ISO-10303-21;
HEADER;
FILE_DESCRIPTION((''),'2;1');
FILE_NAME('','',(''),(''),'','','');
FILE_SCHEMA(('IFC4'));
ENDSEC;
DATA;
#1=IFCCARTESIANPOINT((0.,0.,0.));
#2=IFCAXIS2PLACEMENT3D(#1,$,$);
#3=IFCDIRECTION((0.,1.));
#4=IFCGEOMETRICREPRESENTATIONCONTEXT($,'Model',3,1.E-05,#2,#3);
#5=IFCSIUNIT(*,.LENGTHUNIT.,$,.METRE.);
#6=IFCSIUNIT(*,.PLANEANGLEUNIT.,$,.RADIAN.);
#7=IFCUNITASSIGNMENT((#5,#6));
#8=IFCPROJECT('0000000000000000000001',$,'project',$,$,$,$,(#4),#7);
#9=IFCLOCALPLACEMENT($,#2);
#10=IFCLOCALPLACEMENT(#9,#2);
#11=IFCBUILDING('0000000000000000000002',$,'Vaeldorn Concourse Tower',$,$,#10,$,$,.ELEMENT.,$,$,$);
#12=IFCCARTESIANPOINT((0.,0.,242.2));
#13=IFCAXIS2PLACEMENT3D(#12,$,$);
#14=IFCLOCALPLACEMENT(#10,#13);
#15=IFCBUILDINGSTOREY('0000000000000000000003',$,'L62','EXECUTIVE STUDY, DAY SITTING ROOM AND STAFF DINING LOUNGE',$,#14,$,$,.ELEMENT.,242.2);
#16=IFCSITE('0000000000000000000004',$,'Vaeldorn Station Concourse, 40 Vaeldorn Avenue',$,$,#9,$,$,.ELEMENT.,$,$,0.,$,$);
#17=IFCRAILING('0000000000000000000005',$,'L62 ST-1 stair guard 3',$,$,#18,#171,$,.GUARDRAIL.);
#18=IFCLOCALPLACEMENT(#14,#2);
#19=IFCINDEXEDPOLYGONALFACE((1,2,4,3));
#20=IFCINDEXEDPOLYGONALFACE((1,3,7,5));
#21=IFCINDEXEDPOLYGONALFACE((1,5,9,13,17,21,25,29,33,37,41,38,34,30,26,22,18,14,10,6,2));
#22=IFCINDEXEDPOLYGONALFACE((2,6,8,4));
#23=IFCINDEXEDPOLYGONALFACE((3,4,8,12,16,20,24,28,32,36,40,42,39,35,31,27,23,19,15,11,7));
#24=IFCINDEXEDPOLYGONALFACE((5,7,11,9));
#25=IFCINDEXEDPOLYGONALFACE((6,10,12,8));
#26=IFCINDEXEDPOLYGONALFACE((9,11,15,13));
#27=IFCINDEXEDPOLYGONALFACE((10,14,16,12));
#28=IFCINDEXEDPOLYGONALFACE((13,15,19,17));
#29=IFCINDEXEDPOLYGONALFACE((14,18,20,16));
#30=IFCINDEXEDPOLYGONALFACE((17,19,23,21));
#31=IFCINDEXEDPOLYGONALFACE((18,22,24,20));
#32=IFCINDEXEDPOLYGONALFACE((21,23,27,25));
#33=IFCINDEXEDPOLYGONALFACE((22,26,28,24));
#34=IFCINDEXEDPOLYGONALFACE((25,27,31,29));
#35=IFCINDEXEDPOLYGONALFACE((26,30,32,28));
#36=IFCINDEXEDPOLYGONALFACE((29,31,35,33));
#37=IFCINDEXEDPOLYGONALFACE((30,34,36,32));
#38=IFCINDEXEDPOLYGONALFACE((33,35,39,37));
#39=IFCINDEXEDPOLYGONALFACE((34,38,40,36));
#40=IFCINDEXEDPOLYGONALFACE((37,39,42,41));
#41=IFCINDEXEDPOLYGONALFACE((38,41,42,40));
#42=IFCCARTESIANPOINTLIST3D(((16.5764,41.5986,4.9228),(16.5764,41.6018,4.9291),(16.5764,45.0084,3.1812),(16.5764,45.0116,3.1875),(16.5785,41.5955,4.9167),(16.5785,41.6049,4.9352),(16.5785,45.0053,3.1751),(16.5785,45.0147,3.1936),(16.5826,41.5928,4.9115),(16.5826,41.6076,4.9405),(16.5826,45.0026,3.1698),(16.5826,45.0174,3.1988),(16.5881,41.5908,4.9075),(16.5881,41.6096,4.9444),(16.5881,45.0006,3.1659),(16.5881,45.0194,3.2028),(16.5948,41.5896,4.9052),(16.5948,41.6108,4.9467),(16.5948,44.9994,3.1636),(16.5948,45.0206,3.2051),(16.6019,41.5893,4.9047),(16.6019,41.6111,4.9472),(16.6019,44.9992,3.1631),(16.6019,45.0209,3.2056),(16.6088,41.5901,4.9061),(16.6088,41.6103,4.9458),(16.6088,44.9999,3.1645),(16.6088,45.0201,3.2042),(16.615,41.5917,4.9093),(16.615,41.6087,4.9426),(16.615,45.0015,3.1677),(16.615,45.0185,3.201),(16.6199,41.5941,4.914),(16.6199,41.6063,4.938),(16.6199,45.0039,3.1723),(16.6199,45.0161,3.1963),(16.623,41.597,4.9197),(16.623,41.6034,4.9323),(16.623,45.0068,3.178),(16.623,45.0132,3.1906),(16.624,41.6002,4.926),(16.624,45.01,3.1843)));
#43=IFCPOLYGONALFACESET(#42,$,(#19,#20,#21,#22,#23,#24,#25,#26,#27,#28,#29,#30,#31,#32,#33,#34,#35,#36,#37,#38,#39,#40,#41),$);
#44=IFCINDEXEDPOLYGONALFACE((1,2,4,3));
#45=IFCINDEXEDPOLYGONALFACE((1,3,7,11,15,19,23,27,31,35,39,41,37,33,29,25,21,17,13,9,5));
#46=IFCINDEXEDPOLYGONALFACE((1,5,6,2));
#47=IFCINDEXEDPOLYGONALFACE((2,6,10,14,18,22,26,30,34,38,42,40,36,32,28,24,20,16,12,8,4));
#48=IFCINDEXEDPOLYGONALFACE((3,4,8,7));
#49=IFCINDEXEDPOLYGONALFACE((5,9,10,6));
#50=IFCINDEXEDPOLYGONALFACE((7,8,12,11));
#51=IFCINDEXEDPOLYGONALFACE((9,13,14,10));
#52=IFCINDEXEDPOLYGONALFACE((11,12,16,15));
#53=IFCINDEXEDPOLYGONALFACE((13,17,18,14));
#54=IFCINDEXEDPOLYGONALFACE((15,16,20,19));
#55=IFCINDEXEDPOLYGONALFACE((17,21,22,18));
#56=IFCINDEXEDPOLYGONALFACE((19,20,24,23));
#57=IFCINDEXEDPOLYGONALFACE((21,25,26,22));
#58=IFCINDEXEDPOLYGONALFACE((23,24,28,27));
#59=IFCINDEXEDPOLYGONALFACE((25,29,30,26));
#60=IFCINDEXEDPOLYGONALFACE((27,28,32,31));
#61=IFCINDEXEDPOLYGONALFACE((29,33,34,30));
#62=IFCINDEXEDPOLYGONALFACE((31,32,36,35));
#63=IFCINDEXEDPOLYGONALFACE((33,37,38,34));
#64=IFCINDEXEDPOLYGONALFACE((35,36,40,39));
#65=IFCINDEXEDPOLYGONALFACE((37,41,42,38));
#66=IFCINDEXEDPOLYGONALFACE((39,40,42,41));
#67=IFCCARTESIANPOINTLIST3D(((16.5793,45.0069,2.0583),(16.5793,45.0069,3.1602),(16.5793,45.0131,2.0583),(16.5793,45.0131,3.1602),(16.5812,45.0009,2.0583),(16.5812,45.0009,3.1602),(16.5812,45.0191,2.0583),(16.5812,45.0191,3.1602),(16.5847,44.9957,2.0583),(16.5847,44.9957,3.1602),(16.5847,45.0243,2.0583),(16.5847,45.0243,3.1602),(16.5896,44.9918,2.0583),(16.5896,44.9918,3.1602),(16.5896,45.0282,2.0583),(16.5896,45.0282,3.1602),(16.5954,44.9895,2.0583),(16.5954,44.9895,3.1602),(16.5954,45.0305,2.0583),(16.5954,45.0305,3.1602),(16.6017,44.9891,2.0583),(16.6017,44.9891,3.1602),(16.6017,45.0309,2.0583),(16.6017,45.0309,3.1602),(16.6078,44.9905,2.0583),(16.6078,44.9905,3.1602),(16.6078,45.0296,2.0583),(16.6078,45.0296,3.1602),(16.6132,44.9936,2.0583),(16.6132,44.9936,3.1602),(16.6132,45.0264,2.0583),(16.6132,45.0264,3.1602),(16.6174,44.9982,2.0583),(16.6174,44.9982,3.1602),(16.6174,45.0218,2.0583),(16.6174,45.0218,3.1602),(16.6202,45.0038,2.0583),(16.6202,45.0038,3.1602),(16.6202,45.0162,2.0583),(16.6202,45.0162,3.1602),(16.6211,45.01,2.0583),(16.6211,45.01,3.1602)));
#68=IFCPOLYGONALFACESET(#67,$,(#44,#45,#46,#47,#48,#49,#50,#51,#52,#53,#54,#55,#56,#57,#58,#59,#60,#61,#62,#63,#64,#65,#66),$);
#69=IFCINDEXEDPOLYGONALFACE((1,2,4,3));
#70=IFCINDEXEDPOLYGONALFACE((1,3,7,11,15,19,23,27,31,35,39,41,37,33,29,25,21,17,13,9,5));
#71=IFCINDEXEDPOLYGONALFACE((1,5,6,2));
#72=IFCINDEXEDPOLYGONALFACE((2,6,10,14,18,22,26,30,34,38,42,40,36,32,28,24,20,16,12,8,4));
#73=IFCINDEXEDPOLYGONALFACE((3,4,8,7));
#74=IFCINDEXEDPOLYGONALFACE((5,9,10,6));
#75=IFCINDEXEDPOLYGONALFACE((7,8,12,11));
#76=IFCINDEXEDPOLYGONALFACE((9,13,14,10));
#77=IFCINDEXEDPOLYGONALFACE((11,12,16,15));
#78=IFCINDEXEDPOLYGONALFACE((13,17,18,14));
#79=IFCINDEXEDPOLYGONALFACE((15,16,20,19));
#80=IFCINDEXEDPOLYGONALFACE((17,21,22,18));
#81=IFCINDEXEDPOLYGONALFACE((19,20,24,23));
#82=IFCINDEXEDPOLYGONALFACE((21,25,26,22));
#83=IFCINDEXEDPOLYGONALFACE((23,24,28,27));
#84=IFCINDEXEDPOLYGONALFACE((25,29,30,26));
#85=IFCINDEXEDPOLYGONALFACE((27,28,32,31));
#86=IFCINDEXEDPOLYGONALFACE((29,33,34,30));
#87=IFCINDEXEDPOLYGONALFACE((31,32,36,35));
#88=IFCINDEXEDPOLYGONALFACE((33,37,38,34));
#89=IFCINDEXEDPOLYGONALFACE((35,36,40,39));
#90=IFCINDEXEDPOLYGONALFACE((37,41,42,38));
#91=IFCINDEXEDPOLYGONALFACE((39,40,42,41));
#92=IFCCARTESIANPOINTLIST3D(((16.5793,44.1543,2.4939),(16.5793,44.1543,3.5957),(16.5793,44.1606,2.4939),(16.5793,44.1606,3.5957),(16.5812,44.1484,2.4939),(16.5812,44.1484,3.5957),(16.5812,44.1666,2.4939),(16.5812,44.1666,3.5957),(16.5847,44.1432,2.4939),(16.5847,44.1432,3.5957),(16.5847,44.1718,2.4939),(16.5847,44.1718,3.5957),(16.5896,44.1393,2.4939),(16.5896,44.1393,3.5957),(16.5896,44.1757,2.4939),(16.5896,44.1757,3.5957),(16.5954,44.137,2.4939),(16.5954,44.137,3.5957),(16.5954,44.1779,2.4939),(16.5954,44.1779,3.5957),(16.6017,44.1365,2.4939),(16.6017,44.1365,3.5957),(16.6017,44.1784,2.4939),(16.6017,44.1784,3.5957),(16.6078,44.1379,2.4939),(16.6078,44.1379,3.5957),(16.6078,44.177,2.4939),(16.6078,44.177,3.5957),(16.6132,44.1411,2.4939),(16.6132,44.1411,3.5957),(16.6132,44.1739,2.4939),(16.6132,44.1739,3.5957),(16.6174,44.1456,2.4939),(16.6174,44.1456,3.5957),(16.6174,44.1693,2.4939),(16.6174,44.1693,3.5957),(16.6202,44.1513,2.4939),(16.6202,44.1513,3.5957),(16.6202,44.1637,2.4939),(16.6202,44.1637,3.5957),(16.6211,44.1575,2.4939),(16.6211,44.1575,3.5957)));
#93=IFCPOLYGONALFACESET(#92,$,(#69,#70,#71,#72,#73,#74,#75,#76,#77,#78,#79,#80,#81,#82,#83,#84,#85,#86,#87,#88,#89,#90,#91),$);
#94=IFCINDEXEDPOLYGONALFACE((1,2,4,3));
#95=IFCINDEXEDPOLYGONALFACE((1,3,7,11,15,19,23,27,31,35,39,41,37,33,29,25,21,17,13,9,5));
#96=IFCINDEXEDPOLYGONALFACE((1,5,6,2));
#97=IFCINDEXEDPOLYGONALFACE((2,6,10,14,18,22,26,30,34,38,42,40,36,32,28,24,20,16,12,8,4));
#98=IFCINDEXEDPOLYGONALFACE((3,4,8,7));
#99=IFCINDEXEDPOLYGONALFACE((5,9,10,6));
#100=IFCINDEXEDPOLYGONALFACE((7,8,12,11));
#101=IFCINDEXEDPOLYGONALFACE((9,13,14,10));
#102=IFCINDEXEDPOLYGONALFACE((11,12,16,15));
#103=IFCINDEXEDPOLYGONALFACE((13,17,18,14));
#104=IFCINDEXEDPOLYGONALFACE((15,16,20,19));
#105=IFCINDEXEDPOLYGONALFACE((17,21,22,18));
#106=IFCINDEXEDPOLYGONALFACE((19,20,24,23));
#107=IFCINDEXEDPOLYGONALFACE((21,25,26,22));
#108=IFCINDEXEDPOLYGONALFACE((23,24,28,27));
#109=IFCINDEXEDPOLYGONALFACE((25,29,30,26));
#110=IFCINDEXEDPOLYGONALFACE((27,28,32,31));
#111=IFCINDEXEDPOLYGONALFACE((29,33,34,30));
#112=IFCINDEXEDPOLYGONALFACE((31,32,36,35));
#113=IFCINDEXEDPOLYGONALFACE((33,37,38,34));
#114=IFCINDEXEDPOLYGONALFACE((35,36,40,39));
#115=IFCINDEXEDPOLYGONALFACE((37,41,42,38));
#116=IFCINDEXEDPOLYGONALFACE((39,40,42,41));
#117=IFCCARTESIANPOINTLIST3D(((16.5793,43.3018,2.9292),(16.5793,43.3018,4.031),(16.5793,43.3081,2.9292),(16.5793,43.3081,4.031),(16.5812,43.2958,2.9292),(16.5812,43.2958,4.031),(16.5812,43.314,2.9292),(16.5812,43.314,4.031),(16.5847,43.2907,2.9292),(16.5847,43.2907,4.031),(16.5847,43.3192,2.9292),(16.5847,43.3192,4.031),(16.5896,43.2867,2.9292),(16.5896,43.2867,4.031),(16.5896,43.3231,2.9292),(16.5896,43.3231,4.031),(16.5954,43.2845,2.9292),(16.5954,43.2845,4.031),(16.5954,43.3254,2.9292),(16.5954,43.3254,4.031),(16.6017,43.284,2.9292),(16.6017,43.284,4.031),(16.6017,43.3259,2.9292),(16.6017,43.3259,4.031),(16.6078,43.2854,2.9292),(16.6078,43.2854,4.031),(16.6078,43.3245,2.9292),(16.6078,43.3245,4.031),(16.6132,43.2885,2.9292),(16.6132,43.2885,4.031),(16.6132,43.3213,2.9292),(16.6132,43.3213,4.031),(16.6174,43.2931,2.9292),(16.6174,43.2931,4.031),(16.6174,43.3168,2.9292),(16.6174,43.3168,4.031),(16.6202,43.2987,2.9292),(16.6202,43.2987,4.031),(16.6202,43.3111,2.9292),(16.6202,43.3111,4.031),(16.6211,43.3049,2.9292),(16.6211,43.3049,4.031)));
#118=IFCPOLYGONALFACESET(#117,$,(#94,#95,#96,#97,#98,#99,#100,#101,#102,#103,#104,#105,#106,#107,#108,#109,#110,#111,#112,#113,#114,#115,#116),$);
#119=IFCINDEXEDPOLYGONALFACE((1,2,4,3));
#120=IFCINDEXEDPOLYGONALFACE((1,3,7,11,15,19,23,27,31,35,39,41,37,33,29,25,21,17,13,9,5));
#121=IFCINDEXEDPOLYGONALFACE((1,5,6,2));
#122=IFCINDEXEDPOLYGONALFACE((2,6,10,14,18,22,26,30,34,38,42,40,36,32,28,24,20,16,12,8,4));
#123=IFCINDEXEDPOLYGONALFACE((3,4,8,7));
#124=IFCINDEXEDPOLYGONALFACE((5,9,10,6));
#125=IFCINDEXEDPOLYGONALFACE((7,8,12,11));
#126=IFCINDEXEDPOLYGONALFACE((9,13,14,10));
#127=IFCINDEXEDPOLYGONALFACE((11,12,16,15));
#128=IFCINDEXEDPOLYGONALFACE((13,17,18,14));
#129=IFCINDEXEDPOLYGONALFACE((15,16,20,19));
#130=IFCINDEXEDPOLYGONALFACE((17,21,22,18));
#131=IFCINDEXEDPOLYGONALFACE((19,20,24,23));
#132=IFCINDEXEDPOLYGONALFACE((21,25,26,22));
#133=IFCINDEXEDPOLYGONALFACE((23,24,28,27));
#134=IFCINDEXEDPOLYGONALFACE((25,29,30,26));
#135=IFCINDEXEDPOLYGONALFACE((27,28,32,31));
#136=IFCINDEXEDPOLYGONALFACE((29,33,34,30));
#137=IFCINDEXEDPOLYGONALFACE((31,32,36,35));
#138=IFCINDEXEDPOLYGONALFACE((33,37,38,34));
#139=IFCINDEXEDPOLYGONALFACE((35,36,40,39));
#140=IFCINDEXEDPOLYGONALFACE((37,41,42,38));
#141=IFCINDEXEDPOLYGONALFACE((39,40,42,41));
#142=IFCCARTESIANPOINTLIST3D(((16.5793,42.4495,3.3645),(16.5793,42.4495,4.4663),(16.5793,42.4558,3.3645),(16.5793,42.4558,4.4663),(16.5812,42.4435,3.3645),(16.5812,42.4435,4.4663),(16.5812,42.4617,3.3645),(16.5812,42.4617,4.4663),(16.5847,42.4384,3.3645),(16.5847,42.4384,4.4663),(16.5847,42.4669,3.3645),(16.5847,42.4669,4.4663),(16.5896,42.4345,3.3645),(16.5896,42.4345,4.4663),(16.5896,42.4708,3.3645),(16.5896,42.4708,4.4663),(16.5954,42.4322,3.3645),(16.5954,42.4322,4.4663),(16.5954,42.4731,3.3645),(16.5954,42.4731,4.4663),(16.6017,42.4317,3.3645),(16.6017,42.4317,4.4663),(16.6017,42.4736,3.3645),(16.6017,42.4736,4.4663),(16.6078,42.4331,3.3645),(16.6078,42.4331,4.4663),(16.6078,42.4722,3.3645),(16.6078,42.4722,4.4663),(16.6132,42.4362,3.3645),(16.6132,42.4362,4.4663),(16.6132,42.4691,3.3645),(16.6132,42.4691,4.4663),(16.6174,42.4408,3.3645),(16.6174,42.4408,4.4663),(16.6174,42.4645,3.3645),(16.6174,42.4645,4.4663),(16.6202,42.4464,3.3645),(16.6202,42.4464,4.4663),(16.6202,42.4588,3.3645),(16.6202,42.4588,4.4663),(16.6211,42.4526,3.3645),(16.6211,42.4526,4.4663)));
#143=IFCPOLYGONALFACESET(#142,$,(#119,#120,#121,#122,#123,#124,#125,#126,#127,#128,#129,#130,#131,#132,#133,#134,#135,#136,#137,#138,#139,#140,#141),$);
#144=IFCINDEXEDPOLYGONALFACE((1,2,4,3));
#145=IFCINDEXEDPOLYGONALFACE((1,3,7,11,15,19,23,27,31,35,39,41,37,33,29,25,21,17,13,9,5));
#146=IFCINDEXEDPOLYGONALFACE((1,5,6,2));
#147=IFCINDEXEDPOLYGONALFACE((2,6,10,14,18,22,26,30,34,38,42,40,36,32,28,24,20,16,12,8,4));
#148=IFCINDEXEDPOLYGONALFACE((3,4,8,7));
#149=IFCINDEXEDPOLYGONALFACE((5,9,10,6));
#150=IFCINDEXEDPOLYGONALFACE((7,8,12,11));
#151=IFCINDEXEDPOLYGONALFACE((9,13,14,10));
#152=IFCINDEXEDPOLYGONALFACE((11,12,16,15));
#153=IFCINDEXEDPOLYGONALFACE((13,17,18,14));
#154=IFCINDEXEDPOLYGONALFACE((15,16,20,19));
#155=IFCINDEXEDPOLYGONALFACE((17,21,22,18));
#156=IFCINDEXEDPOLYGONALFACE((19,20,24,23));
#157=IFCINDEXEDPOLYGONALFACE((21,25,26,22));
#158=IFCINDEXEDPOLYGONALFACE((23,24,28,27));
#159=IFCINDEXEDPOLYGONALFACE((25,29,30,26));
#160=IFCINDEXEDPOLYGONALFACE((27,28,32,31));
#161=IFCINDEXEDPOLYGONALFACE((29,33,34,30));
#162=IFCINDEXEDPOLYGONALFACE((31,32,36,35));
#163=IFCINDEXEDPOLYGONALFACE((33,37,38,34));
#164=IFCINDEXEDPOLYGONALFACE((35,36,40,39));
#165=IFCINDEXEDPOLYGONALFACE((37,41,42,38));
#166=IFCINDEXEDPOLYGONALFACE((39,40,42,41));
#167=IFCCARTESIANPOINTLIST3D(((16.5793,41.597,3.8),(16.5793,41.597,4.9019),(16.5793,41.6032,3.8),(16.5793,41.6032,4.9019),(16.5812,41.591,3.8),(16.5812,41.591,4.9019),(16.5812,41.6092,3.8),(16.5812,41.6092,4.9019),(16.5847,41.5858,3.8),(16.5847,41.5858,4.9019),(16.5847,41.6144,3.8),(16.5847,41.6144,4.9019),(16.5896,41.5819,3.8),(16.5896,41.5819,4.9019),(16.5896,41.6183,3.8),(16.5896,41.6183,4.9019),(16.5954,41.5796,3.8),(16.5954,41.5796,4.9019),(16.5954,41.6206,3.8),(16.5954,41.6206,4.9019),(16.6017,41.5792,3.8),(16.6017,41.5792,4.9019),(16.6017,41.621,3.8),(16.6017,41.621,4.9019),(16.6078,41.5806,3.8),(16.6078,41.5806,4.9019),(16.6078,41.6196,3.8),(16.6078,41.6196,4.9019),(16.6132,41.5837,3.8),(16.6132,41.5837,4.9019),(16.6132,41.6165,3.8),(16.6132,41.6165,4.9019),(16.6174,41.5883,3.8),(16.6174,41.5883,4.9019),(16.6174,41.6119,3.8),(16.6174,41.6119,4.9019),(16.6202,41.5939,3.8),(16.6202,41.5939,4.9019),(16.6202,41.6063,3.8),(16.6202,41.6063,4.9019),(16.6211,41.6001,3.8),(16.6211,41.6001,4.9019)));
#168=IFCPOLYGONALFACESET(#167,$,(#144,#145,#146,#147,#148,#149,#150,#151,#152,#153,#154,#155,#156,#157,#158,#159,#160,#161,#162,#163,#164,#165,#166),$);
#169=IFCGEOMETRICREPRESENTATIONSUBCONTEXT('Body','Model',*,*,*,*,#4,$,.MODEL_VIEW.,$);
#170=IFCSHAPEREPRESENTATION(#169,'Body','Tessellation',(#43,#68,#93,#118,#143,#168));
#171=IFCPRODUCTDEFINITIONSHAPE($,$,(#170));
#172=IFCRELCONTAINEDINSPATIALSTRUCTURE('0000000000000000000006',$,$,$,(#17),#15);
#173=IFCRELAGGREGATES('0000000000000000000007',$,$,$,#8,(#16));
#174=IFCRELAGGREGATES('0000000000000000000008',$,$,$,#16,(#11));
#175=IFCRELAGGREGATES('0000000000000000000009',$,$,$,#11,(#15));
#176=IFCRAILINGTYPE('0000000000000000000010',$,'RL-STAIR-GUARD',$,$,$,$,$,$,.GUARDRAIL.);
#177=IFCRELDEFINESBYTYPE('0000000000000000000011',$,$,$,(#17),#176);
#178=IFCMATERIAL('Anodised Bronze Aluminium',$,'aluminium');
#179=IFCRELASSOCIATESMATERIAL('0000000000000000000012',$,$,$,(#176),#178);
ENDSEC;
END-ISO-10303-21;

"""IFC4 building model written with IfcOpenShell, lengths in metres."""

from ifc_helpers import new_model, si_unit, direction, frame, origin, origin_2d, place, context, subcontext, project, spatial, circle, extrude, material, type_object, element, save


model = new_model("IFC4")

# Units and contexts
model_context = context("Model", 3, precision=1e-05, world=origin(), true_north=direction((0.0, 1.0)))
body_context = subcontext(model_context, "Body", "Model", "MODEL_VIEW")
ifc_project = project(units=[si_unit("LENGTHUNIT", "METRE"), si_unit("PLANEANGLEUNIT", "RADIAN")], contexts=[model_context])

# Site, building, storey
site_placement = place(None, origin())
site = spatial("IfcSite", under=ifc_project, at=site_placement, Name="Vaeldorn Station Concourse, 40 Vaeldorn Avenue", CompositionType="ELEMENT", RefElevation=0.0)
building_placement = place(site_placement, origin())
building = spatial("IfcBuilding", under=site, at=building_placement, Name="Vaeldorn Concourse Tower", CompositionType="ELEMENT")
storey_placement = place(building_placement, frame((0.0, 0.0, 242.2)))
storey = spatial("IfcBuildingStorey", under=building, at=storey_placement, Name="L62", Description="EXECUTIVE STUDY, DAY SITTING ROOM AND STAFF DINING LOUNGE", CompositionType="ELEMENT", Elevation=242.2)

# Shared definitions
ifc_material_1 = material(Name="Anodised Bronze Aluminium", Category="aluminium")

# Railing
railing_type_1 = type_object("IfcRailingType", Name="RL-STAIR-GUARD", PredefinedType="GUARDRAIL", material=ifc_material_1)
railing_1_placement = place(storey_placement, frame((16.6001, 45.01, 2.0583)))
element("IfcRailing", 1, at=railing_1_placement, inside=storey, type_object=railing_type_1, Name="L62 ST-1 stair guard 3", PredefinedType="GUARDRAIL", context=body_context, shape_type="SweptSolid", body=[
    extrude(circle(Radius=0.0239, at=origin_2d()), frame((0.0, 0.0, 1.126), z_axis=(0.0, -0.890556, 0.454874), x_axis=(1.0, 0.0, 0.0)), (0.0, 0.0, 1.0), 3.8289),
    extrude(circle(Radius=0.021, at=origin_2d()), origin(), (0.0, 0.0, 1.0), 1.1018),
    extrude(circle(Radius=0.021, at=origin_2d()), frame((0.0, -0.8525, 0.4355)), (0.0, 0.0, 1.0), 1.1018),
    extrude(circle(Radius=0.021, at=origin_2d()), frame((0.0, -1.7051, 0.8708)), (0.0, 0.0, 1.0), 1.1018),
    extrude(circle(Radius=0.021, at=origin_2d()), frame((0.0, -2.5574, 1.3062)), (0.0, 0.0, 1.0), 1.1018),
    extrude(circle(Radius=0.021, at=origin_2d()), frame((0.0, -3.4099, 1.7417)), (0.0, 0.0, 1.0), 1.1018),
])

save(model, "model.ifc")
